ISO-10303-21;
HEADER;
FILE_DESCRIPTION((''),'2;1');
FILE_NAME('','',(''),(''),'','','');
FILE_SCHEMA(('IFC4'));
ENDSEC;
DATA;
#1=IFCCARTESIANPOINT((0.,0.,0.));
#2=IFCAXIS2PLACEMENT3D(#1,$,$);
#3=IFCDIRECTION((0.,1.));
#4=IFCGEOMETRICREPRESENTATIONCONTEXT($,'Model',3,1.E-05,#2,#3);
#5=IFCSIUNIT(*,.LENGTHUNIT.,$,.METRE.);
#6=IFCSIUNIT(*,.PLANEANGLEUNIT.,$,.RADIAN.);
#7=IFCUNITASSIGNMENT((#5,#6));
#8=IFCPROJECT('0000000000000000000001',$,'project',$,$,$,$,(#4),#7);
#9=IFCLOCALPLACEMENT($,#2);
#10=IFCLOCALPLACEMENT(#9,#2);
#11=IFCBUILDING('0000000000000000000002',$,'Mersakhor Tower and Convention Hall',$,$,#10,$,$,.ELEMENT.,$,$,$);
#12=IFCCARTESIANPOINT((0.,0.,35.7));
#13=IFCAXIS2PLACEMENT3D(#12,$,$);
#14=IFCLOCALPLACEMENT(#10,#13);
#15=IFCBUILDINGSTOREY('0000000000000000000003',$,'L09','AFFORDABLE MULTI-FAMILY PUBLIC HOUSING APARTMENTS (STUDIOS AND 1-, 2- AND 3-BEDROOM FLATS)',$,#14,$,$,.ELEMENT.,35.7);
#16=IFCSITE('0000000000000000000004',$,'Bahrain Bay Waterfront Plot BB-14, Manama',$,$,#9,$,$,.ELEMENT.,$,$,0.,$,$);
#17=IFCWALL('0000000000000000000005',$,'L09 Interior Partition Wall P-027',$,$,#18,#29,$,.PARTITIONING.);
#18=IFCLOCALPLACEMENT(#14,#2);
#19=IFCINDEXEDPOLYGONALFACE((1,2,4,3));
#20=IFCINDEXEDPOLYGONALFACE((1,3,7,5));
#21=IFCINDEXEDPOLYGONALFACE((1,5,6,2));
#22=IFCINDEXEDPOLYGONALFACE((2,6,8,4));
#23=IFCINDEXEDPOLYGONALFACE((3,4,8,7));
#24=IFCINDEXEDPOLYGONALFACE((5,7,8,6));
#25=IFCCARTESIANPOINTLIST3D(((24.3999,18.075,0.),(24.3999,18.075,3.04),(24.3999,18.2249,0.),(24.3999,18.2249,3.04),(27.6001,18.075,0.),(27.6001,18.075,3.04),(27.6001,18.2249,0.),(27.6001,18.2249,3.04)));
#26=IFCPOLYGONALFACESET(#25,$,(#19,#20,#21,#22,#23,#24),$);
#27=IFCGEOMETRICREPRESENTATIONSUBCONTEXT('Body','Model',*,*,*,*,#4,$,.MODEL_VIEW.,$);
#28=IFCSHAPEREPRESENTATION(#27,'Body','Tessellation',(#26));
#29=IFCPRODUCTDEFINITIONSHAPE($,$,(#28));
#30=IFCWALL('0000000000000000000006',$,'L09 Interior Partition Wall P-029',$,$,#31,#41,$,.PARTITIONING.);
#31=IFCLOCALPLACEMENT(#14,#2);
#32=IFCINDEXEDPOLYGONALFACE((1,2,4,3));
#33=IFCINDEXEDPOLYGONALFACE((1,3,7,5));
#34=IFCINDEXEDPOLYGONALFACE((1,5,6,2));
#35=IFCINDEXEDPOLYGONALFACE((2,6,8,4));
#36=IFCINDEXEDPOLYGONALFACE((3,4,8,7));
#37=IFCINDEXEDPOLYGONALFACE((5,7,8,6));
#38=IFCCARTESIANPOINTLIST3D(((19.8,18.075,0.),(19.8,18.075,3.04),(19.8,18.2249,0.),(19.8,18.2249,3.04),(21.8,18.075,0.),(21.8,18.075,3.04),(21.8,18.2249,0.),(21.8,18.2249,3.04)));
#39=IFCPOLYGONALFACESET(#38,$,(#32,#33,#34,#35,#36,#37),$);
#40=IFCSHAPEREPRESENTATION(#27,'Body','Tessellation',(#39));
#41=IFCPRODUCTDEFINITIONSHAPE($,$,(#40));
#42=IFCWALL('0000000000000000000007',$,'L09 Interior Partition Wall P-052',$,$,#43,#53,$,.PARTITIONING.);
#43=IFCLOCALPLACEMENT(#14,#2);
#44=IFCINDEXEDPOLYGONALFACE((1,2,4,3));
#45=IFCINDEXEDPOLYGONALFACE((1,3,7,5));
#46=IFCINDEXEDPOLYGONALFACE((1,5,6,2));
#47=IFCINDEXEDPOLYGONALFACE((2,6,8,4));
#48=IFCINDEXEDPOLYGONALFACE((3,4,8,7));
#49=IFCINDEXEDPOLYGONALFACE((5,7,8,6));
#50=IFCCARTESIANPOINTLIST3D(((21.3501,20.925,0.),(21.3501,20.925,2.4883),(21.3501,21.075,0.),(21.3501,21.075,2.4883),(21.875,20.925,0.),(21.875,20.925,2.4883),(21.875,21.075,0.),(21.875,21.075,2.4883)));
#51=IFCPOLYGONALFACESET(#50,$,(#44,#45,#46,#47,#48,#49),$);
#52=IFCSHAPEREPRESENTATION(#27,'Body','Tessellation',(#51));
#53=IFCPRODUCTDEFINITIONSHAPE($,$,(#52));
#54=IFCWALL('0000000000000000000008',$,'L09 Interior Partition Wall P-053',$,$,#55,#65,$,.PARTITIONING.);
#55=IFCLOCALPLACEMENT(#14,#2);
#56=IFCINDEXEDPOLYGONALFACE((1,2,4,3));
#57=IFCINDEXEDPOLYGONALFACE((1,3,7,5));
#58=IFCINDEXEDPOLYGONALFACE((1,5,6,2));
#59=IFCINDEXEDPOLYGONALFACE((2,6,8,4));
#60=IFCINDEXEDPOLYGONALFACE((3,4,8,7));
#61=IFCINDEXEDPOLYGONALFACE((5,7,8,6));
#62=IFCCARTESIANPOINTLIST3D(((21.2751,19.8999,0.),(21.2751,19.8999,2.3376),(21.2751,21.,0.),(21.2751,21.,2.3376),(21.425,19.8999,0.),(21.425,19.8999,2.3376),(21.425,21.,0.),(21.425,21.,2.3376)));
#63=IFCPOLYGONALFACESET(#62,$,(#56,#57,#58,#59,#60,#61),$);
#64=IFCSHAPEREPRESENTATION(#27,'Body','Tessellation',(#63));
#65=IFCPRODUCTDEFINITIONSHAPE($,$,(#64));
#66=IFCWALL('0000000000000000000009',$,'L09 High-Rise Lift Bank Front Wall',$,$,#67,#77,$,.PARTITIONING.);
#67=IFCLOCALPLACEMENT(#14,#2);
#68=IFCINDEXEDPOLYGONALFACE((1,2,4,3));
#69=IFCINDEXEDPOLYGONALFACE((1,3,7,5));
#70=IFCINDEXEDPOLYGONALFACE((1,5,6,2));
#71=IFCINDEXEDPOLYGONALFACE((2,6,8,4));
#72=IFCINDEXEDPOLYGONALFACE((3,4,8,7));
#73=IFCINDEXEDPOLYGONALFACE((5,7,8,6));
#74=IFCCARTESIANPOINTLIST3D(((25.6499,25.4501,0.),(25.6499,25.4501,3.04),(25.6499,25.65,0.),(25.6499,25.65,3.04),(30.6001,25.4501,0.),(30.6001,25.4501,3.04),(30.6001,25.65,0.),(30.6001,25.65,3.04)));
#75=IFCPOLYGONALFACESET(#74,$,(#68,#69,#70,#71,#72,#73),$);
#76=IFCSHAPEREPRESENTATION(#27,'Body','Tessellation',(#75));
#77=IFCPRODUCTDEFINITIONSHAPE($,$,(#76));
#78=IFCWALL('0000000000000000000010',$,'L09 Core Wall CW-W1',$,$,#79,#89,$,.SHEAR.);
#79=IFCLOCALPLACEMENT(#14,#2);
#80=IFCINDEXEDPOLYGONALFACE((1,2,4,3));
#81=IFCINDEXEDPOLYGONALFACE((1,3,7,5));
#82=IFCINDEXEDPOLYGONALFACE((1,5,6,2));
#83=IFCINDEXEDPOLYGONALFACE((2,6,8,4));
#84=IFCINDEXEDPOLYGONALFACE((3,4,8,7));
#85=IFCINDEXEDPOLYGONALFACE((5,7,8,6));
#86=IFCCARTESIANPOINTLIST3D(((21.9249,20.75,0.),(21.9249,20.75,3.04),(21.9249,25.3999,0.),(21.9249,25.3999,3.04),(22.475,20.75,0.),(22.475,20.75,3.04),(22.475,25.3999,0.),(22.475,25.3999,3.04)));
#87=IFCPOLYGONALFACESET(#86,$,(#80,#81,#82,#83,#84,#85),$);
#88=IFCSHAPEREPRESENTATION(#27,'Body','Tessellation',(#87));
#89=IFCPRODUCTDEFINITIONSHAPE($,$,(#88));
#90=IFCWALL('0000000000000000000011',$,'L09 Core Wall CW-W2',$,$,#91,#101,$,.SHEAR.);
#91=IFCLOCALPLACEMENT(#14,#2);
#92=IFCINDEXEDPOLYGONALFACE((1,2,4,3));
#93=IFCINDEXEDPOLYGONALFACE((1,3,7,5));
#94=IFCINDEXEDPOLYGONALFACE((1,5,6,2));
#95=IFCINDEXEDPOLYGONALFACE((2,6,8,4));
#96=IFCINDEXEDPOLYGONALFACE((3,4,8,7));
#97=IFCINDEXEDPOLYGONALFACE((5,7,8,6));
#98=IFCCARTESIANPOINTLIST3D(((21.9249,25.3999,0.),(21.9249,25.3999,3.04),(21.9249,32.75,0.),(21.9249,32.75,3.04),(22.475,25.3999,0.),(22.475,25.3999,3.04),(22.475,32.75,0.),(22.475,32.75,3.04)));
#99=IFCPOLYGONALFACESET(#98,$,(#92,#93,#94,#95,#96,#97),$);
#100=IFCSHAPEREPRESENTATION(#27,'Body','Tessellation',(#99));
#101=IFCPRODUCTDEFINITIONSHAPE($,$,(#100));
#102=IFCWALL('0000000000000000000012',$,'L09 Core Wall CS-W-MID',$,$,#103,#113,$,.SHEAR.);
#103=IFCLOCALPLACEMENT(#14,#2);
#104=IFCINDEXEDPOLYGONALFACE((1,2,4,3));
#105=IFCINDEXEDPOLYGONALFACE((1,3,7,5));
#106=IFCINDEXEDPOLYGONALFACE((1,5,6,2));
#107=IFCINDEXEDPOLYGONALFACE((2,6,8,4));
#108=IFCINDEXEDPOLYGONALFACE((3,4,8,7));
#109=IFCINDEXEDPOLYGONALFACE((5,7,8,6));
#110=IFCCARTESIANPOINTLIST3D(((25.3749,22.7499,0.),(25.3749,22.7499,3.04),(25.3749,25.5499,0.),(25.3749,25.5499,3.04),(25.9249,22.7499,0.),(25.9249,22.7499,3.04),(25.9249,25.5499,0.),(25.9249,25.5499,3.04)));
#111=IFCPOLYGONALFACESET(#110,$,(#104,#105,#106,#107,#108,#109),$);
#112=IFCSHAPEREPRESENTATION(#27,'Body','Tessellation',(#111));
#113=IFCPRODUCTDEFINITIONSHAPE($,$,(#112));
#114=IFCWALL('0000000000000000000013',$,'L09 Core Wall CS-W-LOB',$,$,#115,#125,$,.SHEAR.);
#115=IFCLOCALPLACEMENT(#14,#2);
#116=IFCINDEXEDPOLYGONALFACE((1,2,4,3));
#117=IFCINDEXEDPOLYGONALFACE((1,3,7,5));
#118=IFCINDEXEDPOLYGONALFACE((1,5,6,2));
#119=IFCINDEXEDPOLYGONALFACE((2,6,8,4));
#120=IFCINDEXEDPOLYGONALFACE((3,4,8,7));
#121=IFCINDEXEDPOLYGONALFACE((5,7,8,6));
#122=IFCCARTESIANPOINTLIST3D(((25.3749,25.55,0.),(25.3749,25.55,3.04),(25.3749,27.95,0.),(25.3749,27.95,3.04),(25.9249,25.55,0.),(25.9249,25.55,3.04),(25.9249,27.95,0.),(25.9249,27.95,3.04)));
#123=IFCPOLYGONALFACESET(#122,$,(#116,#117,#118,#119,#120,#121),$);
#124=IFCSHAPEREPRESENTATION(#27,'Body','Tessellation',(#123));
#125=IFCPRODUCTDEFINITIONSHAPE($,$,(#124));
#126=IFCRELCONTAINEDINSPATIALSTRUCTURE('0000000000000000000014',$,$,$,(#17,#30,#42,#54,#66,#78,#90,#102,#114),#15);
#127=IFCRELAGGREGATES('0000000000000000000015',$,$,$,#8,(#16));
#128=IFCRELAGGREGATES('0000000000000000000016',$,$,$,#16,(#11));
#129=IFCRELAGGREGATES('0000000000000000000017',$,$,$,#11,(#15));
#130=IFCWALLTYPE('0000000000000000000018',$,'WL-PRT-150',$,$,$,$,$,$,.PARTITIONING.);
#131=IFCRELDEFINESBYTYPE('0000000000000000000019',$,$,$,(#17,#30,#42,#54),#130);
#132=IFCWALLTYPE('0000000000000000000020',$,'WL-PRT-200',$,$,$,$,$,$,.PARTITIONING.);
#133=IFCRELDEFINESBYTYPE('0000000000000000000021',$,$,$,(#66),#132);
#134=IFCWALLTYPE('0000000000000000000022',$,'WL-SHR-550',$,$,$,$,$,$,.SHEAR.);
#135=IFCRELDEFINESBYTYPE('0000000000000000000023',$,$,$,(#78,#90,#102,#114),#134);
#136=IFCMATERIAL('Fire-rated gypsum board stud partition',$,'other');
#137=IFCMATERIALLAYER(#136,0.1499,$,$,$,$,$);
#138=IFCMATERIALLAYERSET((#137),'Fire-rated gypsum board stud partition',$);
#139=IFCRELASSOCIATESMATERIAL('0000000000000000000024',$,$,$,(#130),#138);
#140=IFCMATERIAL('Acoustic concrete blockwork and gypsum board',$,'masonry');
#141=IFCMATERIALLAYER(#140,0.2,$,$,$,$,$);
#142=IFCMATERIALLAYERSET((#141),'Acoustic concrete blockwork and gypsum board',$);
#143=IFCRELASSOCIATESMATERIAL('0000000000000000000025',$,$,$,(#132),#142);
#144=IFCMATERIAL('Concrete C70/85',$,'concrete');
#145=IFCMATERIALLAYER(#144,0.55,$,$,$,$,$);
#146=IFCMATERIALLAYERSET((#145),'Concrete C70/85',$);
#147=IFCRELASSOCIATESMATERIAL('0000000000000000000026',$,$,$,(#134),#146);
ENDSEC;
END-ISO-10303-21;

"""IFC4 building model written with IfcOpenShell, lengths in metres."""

from ifc_helpers import new_model, si_unit, direction, frame, frame_2d, origin, place, context, subcontext, project, spatial, rectangle, extrude, material, layer, layer_set, type_object, element, save


model = new_model("IFC4")

# Units and contexts
model_context = context("Model", 3, precision=1e-05, world=origin(), true_north=direction((0.0, 1.0)))
body_context = subcontext(model_context, "Body", "Model", "MODEL_VIEW")
ifc_project = project(units=[si_unit("LENGTHUNIT", "METRE"), si_unit("PLANEANGLEUNIT", "RADIAN")], contexts=[model_context])

# Site, building, storey
site_placement = place(None, origin())
site = spatial("IfcSite", under=ifc_project, at=site_placement, Name="Bahrain Bay Waterfront Plot BB-14, Manama", CompositionType="ELEMENT", RefElevation=0.0)
building_placement = place(site_placement, origin())
building = spatial("IfcBuilding", under=site, at=building_placement, Name="Mersakhor Tower and Convention Hall", CompositionType="ELEMENT")
storey_placement = place(building_placement, frame((0.0, 0.0, 35.7)))
storey = spatial("IfcBuildingStorey", under=building, at=storey_placement, Name="L09", Description="AFFORDABLE MULTI-FAMILY PUBLIC HOUSING APARTMENTS (STUDIOS AND 1-, 2- AND 3-BEDROOM FLATS)", CompositionType="ELEMENT", Elevation=35.7)

# Wall
ifc_material_1 = material(Name="Fire-rated gypsum board stud partition", Category="other")
ifc_layer_1 = layer(ifc_material_1, 0.1499)
ifc_layer_set_1 = layer_set([ifc_layer_1], Name="Fire-rated gypsum board stud partition")
wall_type_1 = type_object("IfcWallType", Name="WL-PRT-150", PredefinedType="PARTITIONING", material=ifc_layer_set_1)
wall_1_placement = place(storey_placement, frame((27.6001, 18.1499, 0.0), z_axis=(0.0, 0.0, 1.0), x_axis=(-1.0, 0.0, 0.0)))
element("IfcWall", 1, at=wall_1_placement, inside=storey, type_object=wall_type_1, Name="L09 Interior Partition Wall P-027", PredefinedType="PARTITIONING", context=body_context, shape_type="SweptSolid", body=[
    extrude(rectangle(XDim=3.2002, YDim=0.1499, at=frame_2d((1.6001, 0.0))), origin(), (0.0, 0.0, 1.0), 3.04),
])

# Walls
wall_2_placement = place(storey_placement, frame((21.8, 18.1499, 0.0), z_axis=(0.0, 0.0, 1.0), x_axis=(-1.0, 0.0, 0.0)))
element("IfcWall", 2, at=wall_2_placement, inside=storey, type_object=wall_type_1, Name="L09 Interior Partition Wall P-029", PredefinedType="PARTITIONING", context=body_context, shape_type="SweptSolid", body=[
    extrude(rectangle(XDim=2.0, YDim=0.1499, at=frame_2d((1.0, 0.0))), origin(), (0.0, 0.0, 1.0), 3.04),
])
wall_3_placement = place(storey_placement, frame((21.875, 21.0, 0.0), z_axis=(0.0, 0.0, 1.0), x_axis=(-1.0, 0.0, 0.0)))
element("IfcWall", 3, at=wall_3_placement, inside=storey, type_object=wall_type_1, Name="L09 Interior Partition Wall P-052", PredefinedType="PARTITIONING", context=body_context, shape_type="SweptSolid", body=[
    extrude(rectangle(XDim=0.5249, YDim=0.1499, at=frame_2d((0.2625, 0.0))), origin(), (0.0, 0.0, 1.0), 2.4883),
])
wall_4_placement = place(storey_placement, frame((21.3501, 21.0, 0.0), z_axis=(0.0, 0.0, 1.0), x_axis=(0.0, -1.0, 0.0)))
element("IfcWall", 4, at=wall_4_placement, inside=storey, type_object=wall_type_1, Name="L09 Interior Partition Wall P-053", PredefinedType="PARTITIONING", context=body_context, shape_type="SweptSolid", body=[
    extrude(rectangle(XDim=1.1001, YDim=0.1499, at=frame_2d((0.55, 0.0))), origin(), (0.0, 0.0, 1.0), 2.3376),
])
ifc_material_2 = material(Name="Acoustic concrete blockwork and gypsum board", Category="masonry")
ifc_layer_2 = layer(ifc_material_2, 0.2)
ifc_layer_set_2 = layer_set([ifc_layer_2], Name="Acoustic concrete blockwork and gypsum board")
wall_type_2 = type_object("IfcWallType", Name="WL-PRT-200", PredefinedType="PARTITIONING", material=ifc_layer_set_2)
wall_5_placement = place(storey_placement, frame((25.6499, 25.55, 0.0), z_axis=(0.0, 0.0, 1.0), x_axis=(1.0, 0.0, 0.0)))
element("IfcWall", 5, at=wall_5_placement, inside=storey, type_object=wall_type_2, Name="L09 High-Rise Lift Bank Front Wall", PredefinedType="PARTITIONING", context=body_context, shape_type="SweptSolid", body=[
    extrude(rectangle(XDim=4.9502, YDim=0.2, at=frame_2d((2.4751, 0.0))), origin(), (0.0, 0.0, 1.0), 3.04),
])

# Walls
ifc_material_3 = material(Name="Concrete C70/85", Category="concrete")
ifc_layer_3 = layer(ifc_material_3, 0.55)
ifc_layer_set_3 = layer_set([ifc_layer_3], Name="Concrete C70/85")
wall_type_3 = type_object("IfcWallType", Name="WL-SHR-550", PredefinedType="SHEAR", material=ifc_layer_set_3)
wall_6_placement = place(storey_placement, frame((22.2, 20.75, 0.0), z_axis=(0.0, 0.0, 1.0), x_axis=(0.0, 1.0, 0.0)))
element("IfcWall", 6, at=wall_6_placement, inside=storey, type_object=wall_type_3, Name="L09 Core Wall CW-W1", PredefinedType="SHEAR", context=body_context, shape_type="SweptSolid", body=[
    extrude(rectangle(XDim=4.6499, YDim=0.55, at=frame_2d((2.325, 0.0))), origin(), (0.0, 0.0, 1.0), 3.04),
])
wall_7_placement = place(storey_placement, frame((22.2, 25.3999, 0.0), z_axis=(0.0, 0.0, 1.0), x_axis=(0.0, 1.0, 0.0)))
element("IfcWall", 7, at=wall_7_placement, inside=storey, type_object=wall_type_3, Name="L09 Core Wall CW-W2", PredefinedType="SHEAR", context=body_context, shape_type="SweptSolid", body=[
    extrude(rectangle(XDim=7.3501, YDim=0.55, at=frame_2d((3.675, 0.0))), origin(), (0.0, 0.0, 1.0), 3.04),
])

# Walls
wall_8_placement = place(storey_placement, frame((25.6499, 22.75, 0.0), z_axis=(0.0, 0.0, 1.0), x_axis=(0.0, 1.0, 0.0)))
element("IfcWall", 8, at=wall_8_placement, inside=storey, type_object=wall_type_3, Name="L09 Core Wall CS-W-MID", PredefinedType="SHEAR", context=body_context, shape_type="SweptSolid", body=[
    extrude(rectangle(XDim=2.8, YDim=0.55, at=frame_2d((1.3999, 0.0))), origin(), (0.0, 0.0, 1.0), 3.04),
])
wall_9_placement = place(storey_placement, frame((25.6499, 25.55, 0.0), z_axis=(0.0, 0.0, 1.0), x_axis=(0.0, 1.0, 0.0)))
element("IfcWall", 9, at=wall_9_placement, inside=storey, type_object=wall_type_3, Name="L09 Core Wall CS-W-LOB", PredefinedType="SHEAR", context=body_context, shape_type="SweptSolid", body=[
    extrude(rectangle(XDim=2.3999, YDim=0.55, at=frame_2d((1.2, 0.0))), origin(), (0.0, 0.0, 1.0), 3.04),
])

save(model, "model.ifc")
